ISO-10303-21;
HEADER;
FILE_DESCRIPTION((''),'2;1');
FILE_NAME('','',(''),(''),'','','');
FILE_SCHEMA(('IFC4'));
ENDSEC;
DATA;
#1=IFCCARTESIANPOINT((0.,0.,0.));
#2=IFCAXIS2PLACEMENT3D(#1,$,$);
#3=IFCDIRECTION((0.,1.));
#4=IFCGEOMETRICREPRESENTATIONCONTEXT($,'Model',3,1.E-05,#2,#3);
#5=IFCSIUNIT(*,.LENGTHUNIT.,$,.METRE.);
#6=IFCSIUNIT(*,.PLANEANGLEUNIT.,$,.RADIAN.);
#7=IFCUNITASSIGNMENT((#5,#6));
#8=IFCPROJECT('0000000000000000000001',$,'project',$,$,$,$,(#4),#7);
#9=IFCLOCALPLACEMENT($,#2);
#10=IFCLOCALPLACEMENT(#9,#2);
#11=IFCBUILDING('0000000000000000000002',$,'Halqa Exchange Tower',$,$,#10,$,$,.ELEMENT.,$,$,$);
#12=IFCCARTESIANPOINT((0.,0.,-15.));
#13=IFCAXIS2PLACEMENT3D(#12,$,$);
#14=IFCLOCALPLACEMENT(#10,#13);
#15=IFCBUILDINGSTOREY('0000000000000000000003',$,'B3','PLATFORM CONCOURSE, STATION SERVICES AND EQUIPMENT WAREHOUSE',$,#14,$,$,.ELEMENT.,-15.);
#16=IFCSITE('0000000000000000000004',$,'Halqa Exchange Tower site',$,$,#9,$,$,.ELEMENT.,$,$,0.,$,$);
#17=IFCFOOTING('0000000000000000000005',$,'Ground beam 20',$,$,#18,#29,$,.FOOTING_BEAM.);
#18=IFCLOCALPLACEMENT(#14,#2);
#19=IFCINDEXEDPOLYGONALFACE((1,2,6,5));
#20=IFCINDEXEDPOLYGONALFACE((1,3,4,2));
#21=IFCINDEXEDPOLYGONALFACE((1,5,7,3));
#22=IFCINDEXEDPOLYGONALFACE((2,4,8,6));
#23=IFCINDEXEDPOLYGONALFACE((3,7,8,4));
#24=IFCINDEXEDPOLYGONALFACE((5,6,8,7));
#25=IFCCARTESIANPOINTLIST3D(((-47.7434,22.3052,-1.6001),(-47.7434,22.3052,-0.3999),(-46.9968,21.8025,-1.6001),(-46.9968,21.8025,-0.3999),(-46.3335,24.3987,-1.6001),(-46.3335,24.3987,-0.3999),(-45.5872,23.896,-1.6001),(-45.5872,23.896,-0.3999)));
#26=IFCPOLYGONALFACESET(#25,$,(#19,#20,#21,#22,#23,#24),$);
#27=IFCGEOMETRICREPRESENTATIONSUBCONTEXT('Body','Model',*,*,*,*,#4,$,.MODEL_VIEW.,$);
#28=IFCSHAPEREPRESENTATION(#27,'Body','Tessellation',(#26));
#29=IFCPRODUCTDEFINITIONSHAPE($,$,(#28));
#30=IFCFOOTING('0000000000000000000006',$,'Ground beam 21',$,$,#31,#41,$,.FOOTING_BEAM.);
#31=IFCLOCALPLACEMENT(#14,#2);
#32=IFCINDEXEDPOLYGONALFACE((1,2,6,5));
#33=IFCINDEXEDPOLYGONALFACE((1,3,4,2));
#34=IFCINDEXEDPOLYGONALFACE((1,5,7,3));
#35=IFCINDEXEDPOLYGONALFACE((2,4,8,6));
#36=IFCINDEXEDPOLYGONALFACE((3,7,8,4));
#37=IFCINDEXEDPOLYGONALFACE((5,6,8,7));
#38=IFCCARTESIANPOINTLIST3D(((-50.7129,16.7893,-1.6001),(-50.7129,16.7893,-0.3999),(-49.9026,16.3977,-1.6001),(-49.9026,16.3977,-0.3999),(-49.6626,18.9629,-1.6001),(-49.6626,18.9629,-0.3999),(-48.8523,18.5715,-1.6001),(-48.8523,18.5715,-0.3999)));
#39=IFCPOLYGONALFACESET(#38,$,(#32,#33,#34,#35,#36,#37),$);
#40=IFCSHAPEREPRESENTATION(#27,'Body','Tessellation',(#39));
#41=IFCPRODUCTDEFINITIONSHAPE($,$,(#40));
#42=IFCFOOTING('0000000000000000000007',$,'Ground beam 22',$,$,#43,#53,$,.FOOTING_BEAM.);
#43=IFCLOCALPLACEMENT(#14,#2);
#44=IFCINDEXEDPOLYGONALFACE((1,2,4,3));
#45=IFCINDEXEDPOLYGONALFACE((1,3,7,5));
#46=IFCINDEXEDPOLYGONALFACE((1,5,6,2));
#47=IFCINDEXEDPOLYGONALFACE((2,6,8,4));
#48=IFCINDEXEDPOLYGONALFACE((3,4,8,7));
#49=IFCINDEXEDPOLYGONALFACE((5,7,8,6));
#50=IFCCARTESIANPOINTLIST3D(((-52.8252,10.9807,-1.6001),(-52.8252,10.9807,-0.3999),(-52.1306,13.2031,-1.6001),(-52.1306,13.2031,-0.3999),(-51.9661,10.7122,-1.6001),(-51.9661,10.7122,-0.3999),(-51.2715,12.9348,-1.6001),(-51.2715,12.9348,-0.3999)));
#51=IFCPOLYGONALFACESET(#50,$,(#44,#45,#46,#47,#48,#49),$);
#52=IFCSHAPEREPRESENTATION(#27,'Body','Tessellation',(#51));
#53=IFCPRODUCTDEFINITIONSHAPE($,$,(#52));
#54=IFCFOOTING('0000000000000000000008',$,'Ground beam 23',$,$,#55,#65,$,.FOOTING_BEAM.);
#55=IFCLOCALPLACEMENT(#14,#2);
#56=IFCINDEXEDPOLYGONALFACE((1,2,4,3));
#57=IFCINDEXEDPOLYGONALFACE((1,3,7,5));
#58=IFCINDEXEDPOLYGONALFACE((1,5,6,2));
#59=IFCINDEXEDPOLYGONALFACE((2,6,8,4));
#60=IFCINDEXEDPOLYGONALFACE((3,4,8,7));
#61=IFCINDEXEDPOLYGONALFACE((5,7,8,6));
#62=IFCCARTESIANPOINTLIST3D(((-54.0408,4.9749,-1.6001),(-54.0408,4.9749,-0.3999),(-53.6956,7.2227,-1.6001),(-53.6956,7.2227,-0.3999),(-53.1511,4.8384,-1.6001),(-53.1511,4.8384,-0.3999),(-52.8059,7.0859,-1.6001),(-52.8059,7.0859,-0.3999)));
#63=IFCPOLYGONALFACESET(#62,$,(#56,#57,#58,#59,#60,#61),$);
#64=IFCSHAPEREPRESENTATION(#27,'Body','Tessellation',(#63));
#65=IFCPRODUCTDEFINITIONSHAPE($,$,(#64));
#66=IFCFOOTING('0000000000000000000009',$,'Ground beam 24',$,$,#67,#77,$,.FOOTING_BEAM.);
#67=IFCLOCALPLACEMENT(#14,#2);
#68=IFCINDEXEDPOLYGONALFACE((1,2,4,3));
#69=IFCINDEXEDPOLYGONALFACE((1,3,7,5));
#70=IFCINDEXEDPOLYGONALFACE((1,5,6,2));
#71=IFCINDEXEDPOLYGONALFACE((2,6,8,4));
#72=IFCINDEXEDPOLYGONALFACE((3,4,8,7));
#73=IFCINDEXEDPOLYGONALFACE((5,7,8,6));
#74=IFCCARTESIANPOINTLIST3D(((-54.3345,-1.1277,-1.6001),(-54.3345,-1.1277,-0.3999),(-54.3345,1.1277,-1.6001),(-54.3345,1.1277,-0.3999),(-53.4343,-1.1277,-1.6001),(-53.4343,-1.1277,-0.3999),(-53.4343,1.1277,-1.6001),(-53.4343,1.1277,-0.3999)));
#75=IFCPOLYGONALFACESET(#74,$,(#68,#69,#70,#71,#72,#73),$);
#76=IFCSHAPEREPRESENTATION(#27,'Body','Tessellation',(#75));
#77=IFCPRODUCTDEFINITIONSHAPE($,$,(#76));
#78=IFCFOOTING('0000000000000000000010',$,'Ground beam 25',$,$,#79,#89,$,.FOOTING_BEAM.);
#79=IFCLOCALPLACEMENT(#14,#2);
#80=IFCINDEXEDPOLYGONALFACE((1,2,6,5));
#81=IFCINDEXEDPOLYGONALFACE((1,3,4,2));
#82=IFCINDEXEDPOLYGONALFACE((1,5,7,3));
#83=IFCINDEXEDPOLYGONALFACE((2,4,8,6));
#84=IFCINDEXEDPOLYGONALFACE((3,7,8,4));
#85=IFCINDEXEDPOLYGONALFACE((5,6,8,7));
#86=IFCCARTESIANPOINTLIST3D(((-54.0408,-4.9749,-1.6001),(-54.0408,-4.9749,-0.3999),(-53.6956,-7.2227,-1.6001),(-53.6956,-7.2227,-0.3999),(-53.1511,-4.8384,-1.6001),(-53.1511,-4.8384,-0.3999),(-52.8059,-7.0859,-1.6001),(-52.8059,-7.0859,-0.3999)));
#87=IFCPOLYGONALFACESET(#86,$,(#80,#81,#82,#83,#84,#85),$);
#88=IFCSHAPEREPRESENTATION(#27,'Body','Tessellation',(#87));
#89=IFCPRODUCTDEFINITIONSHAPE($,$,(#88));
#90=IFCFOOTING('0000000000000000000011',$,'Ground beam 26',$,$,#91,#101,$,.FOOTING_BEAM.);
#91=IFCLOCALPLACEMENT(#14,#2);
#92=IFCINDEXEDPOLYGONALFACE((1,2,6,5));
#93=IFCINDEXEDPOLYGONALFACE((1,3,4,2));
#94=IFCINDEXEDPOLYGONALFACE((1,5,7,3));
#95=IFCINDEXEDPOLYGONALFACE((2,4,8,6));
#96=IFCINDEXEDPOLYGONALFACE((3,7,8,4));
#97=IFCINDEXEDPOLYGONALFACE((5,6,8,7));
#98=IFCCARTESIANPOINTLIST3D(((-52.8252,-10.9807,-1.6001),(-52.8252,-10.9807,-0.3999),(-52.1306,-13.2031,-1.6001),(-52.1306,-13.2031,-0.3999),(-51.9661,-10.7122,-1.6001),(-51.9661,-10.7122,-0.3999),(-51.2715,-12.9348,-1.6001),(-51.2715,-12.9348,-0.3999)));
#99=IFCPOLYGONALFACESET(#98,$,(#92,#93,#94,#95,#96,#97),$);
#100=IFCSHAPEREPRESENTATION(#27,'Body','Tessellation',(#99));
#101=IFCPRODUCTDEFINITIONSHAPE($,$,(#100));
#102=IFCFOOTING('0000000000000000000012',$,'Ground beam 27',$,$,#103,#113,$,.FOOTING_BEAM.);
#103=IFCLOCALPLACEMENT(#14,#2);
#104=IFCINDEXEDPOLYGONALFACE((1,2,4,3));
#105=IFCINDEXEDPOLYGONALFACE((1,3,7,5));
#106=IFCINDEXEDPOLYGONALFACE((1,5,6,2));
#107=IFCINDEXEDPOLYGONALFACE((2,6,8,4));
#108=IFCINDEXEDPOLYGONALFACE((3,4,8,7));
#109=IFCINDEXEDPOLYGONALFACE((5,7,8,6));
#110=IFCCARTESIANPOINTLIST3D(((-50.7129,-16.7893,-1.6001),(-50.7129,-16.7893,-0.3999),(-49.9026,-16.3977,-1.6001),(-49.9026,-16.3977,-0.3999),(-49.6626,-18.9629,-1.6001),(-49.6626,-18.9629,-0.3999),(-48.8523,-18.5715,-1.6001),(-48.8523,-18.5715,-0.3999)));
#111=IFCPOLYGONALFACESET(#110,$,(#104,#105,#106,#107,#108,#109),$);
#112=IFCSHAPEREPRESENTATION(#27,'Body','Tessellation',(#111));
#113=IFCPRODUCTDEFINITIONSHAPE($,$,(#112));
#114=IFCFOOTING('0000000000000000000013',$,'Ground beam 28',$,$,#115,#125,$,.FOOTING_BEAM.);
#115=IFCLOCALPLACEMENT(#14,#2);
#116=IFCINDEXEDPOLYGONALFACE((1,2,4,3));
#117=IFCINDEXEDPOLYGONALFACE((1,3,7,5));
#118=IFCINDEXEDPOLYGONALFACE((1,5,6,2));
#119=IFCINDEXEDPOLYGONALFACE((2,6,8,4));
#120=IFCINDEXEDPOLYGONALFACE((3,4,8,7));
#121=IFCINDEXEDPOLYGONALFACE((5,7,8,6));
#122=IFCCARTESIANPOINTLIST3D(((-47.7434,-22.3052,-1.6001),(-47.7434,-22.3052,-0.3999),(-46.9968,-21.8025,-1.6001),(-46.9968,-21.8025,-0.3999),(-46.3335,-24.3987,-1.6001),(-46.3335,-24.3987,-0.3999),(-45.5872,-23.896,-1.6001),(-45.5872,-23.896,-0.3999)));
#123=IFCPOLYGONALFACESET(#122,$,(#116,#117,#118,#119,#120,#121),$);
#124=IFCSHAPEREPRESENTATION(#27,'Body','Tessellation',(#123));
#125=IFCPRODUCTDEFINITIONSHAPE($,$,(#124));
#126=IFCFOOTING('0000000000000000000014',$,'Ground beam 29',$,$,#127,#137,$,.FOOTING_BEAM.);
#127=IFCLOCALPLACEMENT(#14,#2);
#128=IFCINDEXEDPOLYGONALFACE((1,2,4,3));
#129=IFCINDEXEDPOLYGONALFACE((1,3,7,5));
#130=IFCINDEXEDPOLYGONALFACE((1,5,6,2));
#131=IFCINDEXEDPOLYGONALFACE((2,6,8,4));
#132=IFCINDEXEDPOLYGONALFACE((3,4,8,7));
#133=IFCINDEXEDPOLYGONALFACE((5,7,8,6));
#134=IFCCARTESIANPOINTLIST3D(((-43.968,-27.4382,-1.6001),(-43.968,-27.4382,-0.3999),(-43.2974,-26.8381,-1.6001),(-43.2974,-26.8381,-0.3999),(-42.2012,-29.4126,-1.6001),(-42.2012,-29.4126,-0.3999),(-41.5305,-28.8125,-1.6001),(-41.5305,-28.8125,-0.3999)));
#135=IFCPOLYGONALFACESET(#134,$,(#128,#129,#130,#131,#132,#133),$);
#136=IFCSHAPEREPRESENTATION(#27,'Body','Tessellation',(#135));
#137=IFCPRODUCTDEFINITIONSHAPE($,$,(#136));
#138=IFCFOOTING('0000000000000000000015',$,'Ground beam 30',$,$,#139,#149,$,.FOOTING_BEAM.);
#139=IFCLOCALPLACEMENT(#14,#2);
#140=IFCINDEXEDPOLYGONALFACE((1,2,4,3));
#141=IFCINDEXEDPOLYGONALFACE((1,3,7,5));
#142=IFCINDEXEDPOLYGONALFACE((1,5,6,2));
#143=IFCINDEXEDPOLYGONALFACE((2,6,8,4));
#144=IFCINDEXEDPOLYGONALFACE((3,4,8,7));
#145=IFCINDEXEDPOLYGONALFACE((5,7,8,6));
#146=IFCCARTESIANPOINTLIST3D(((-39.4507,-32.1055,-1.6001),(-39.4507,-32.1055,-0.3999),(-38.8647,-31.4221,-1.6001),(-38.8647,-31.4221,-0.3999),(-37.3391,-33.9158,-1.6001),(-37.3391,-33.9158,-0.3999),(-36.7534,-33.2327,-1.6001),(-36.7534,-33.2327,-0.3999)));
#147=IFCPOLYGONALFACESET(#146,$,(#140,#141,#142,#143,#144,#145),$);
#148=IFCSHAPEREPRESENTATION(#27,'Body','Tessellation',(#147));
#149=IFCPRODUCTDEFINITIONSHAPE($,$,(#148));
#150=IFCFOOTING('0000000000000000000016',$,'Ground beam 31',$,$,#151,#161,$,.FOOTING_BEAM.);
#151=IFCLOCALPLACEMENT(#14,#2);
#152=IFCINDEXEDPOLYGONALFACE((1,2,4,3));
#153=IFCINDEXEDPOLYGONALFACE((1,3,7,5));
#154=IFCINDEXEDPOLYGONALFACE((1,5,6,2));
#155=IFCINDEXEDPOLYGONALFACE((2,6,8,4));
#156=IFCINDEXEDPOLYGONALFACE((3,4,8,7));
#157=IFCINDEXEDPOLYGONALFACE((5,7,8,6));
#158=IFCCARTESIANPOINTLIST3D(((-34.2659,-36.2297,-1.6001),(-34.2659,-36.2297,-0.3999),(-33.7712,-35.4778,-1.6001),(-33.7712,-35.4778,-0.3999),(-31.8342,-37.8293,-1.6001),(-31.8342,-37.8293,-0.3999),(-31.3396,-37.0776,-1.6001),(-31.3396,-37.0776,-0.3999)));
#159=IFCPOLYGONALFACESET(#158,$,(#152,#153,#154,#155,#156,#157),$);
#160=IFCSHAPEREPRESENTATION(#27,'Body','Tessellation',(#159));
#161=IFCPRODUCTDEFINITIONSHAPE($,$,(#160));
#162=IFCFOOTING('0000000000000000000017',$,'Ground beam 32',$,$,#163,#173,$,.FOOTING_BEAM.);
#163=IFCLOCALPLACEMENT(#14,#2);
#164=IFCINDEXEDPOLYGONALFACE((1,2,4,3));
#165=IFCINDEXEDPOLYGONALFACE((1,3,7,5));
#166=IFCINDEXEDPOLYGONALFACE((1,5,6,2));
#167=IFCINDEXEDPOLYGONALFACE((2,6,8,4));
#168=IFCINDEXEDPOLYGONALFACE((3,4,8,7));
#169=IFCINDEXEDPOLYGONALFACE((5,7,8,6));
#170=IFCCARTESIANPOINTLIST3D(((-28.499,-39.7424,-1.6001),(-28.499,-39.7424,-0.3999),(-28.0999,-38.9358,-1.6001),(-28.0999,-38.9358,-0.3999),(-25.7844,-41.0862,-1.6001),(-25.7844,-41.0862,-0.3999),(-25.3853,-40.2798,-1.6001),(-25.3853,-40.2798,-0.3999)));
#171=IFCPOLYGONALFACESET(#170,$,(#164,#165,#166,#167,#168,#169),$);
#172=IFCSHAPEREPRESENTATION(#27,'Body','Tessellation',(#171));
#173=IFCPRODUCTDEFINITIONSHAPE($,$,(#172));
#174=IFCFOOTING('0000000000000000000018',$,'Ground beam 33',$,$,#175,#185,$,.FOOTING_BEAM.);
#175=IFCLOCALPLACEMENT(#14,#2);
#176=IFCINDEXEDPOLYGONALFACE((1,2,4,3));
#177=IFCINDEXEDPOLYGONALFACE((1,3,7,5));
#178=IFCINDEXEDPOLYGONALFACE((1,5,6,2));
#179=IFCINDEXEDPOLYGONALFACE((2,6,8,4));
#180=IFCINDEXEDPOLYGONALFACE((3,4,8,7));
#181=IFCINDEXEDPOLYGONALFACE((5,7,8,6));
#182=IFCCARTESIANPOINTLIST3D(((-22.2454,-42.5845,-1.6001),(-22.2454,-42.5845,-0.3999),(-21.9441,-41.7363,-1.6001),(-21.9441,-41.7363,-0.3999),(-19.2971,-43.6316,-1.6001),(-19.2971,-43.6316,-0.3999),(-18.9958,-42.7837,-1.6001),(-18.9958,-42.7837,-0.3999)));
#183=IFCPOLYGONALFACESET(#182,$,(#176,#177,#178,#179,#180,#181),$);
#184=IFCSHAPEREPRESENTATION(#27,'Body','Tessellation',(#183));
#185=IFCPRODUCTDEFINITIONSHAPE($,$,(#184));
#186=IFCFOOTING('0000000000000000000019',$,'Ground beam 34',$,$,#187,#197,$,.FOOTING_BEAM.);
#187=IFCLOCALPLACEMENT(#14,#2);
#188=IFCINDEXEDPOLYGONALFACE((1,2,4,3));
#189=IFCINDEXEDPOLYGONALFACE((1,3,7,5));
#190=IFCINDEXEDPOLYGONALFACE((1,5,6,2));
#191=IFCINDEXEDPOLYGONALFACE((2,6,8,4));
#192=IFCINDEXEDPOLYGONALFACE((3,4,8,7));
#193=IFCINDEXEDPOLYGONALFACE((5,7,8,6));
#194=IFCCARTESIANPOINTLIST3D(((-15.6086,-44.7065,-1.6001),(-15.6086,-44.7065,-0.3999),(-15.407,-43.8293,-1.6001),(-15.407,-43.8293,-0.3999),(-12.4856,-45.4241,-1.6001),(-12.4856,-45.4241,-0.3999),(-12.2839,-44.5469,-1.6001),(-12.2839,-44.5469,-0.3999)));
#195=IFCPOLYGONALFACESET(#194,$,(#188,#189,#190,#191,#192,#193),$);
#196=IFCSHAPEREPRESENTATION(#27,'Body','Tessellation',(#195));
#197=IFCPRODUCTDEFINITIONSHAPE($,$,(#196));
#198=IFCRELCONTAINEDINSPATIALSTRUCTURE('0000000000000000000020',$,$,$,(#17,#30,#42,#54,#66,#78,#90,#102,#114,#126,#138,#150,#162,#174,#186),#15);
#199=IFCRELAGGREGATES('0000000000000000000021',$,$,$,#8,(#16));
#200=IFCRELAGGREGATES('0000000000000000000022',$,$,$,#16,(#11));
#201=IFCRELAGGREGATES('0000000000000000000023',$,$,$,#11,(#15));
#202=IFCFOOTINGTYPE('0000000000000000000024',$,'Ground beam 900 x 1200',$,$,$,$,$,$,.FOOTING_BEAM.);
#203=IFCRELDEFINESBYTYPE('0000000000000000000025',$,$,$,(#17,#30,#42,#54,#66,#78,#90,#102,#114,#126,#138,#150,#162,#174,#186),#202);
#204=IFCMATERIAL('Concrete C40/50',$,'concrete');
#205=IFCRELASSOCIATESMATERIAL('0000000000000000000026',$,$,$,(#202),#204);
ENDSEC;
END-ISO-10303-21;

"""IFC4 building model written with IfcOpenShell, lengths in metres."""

from ifc_helpers import new_model, si_unit, direction, frame, origin, place, context, subcontext, project, spatial, polyline, outline, extrude, material, type_object, element, save


model = new_model("IFC4")

# Units and contexts
model_context = context("Model", 3, precision=1e-05, world=origin(), true_north=direction((0.0, 1.0)))
body_context = subcontext(model_context, "Body", "Model", "MODEL_VIEW")
ifc_project = project(units=[si_unit("LENGTHUNIT", "METRE"), si_unit("PLANEANGLEUNIT", "RADIAN")], contexts=[model_context])

# Site, building, storey
site_placement = place(None, origin())
site = spatial("IfcSite", under=ifc_project, at=site_placement, Name="Halqa Exchange Tower site", CompositionType="ELEMENT", RefElevation=0.0)
building_placement = place(site_placement, origin())
building = spatial("IfcBuilding", under=site, at=building_placement, Name="Halqa Exchange Tower", CompositionType="ELEMENT")
storey_placement = place(building_placement, frame((0.0, 0.0, -15.0)))
storey = spatial("IfcBuildingStorey", under=building, at=storey_placement, Name="B3", Description="PLATFORM CONCOURSE, STATION SERVICES AND EQUIPMENT WAREHOUSE", CompositionType="ELEMENT", Elevation=-15.0)

# Footings
ifc_material_1 = material(Name="Concrete C40/50", Category="concrete")
footing_type = type_object("IfcFootingType", Name="Ground beam 900 x 1200", PredefinedType="FOOTING_BEAM", material=ifc_material_1)
footing_1_placement = place(storey_placement, frame((0.0, 0.0, -1.6001)))
element("IfcFooting", 1, at=footing_1_placement, inside=storey, type_object=footing_type, Name="Ground beam 20", PredefinedType="FOOTING_BEAM", context=body_context, shape_type="SweptSolid", body=[
    extrude(outline(polyline([(-45.5872, 23.896), (-46.9968, 21.8025), (-47.7434, 22.3052), (-46.3335, 24.3987), (-45.5872, 23.896)])), origin(), (0.0, 0.0, 1.0), 1.2002),
])
footing_2_placement = place(storey_placement, frame((0.0, 0.0, -1.6001)))
element("IfcFooting", 2, at=footing_2_placement, inside=storey, type_object=footing_type, Name="Ground beam 21", PredefinedType="FOOTING_BEAM", context=body_context, shape_type="SweptSolid", body=[
    extrude(outline(polyline([(-48.8523, 18.5715), (-49.9026, 16.3977), (-50.7129, 16.7893), (-49.6626, 18.9629), (-48.8523, 18.5715)])), origin(), (0.0, 0.0, 1.0), 1.2002),
])
footing_3_placement = place(storey_placement, frame((0.0, 0.0, -1.6001)))
element("IfcFooting", 3, at=footing_3_placement, inside=storey, type_object=footing_type, Name="Ground beam 22", PredefinedType="FOOTING_BEAM", context=body_context, shape_type="SweptSolid", body=[
    extrude(outline(polyline([(-51.2715, 12.9348), (-51.9661, 10.7122), (-52.8252, 10.9807), (-52.1306, 13.2031), (-51.2715, 12.9348)])), origin(), (0.0, 0.0, 1.0), 1.2002),
])
footing_4_placement = place(storey_placement, frame((0.0, 0.0, -1.6001)))
element("IfcFooting", 4, at=footing_4_placement, inside=storey, type_object=footing_type, Name="Ground beam 23", PredefinedType="FOOTING_BEAM", context=body_context, shape_type="SweptSolid", body=[
    extrude(outline(polyline([(-52.8059, 7.0859), (-53.1511, 4.8384), (-54.0408, 4.9749), (-53.6956, 7.2227), (-52.8059, 7.0859)])), origin(), (0.0, 0.0, 1.0), 1.2002),
])
footing_5_placement = place(storey_placement, frame((0.0, 0.0, -1.6001)))
element("IfcFooting", 5, at=footing_5_placement, inside=storey, type_object=footing_type, Name="Ground beam 24", PredefinedType="FOOTING_BEAM", context=body_context, shape_type="SweptSolid", body=[
    extrude(outline(polyline([(-53.4343, 1.1277), (-53.4343, -1.1277), (-54.3345, -1.1277), (-54.3345, 1.1277), (-53.4343, 1.1277)])), origin(), (0.0, 0.0, 1.0), 1.2002),
])
footing_6_placement = place(storey_placement, frame((0.0, 0.0, -1.6001)))
element("IfcFooting", 6, at=footing_6_placement, inside=storey, type_object=footing_type, Name="Ground beam 25", PredefinedType="FOOTING_BEAM", context=body_context, shape_type="SweptSolid", body=[
    extrude(outline(polyline([(-53.1511, -4.8384), (-52.8059, -7.0859), (-53.6956, -7.2227), (-54.0408, -4.9749), (-53.1511, -4.8384)])), origin(), (0.0, 0.0, 1.0), 1.2002),
])
footing_7_placement = place(storey_placement, frame((0.0, 0.0, -1.6001)))
element("IfcFooting", 7, at=footing_7_placement, inside=storey, type_object=footing_type, Name="Ground beam 26", PredefinedType="FOOTING_BEAM", context=body_context, shape_type="SweptSolid", body=[
    extrude(outline(polyline([(-51.9661, -10.7122), (-51.2715, -12.9348), (-52.1306, -13.2031), (-52.8252, -10.9807), (-51.9661, -10.7122)])), origin(), (0.0, 0.0, 1.0), 1.2002),
])
footing_8_placement = place(storey_placement, frame((0.0, 0.0, -1.6001)))
element("IfcFooting", 8, at=footing_8_placement, inside=storey, type_object=footing_type, Name="Ground beam 27", PredefinedType="FOOTING_BEAM", context=body_context, shape_type="SweptSolid", body=[
    extrude(outline(polyline([(-49.9026, -16.3977), (-48.8523, -18.5715), (-49.6626, -18.9629), (-50.7129, -16.7893), (-49.9026, -16.3977)])), origin(), (0.0, 0.0, 1.0), 1.2002),
])
footing_9_placement = place(storey_placement, frame((0.0, 0.0, -1.6001)))
element("IfcFooting", 9, at=footing_9_placement, inside=storey, type_object=footing_type, Name="Ground beam 28", PredefinedType="FOOTING_BEAM", context=body_context, shape_type="SweptSolid", body=[
    extrude(outline(polyline([(-46.9968, -21.8025), (-45.5872, -23.896), (-46.3335, -24.3987), (-47.7434, -22.3052), (-46.9968, -21.8025)])), origin(), (0.0, 0.0, 1.0), 1.2002),
])
footing_10_placement = place(storey_placement, frame((0.0, 0.0, -1.6001)))
element("IfcFooting", 10, at=footing_10_placement, inside=storey, type_object=footing_type, Name="Ground beam 29", PredefinedType="FOOTING_BEAM", context=body_context, shape_type="SweptSolid", body=[
    extrude(outline(polyline([(-43.2974, -26.8381), (-41.5305, -28.8125), (-42.2012, -29.4126), (-43.968, -27.4382), (-43.2974, -26.8381)])), origin(), (0.0, 0.0, 1.0), 1.2002),
])
footing_11_placement = place(storey_placement, frame((0.0, 0.0, -1.6001)))
element("IfcFooting", 11, at=footing_11_placement, inside=storey, type_object=footing_type, Name="Ground beam 30", PredefinedType="FOOTING_BEAM", context=body_context, shape_type="SweptSolid", body=[
    extrude(outline(polyline([(-38.8647, -31.4221), (-36.7534, -33.2327), (-37.3391, -33.9158), (-39.4507, -32.1055), (-38.8647, -31.4221)])), origin(), (0.0, 0.0, 1.0), 1.2002),
])
footing_12_placement = place(storey_placement, frame((0.0, 0.0, -1.6001)))
element("IfcFooting", 12, at=footing_12_placement, inside=storey, type_object=footing_type, Name="Ground beam 31", PredefinedType="FOOTING_BEAM", context=body_context, shape_type="SweptSolid", body=[
    extrude(outline(polyline([(-33.7712, -35.4778), (-31.3396, -37.0776), (-31.8342, -37.8293), (-34.2659, -36.2297), (-33.7712, -35.4778)])), origin(), (0.0, 0.0, 1.0), 1.2002),
])
footing_13_placement = place(storey_placement, frame((0.0, 0.0, -1.6001)))
element("IfcFooting", 13, at=footing_13_placement, inside=storey, type_object=footing_type, Name="Ground beam 32", PredefinedType="FOOTING_BEAM", context=body_context, shape_type="SweptSolid", body=[
    extrude(outline(polyline([(-28.0999, -38.9358), (-25.3853, -40.2798), (-25.7844, -41.0862), (-28.499, -39.7424), (-28.0999, -38.9358)])), origin(), (0.0, 0.0, 1.0), 1.2002),
])
footing_14_placement = place(storey_placement, frame((0.0, 0.0, -1.6001)))
element("IfcFooting", 14, at=footing_14_placement, inside=storey, type_object=footing_type, Name="Ground beam 33", PredefinedType="FOOTING_BEAM", context=body_context, shape_type="SweptSolid", body=[
    extrude(outline(polyline([(-21.9441, -41.7363), (-18.9958, -42.7837), (-19.2971, -43.6316), (-22.2454, -42.5845), (-21.9441, -41.7363)])), origin(), (0.0, 0.0, 1.0), 1.2002),
])
footing_15_placement = place(storey_placement, frame((0.0, 0.0, -1.6001)))
element("IfcFooting", 15, at=footing_15_placement, inside=storey, type_object=footing_type, Name="Ground beam 34", PredefinedType="FOOTING_BEAM", context=body_context, shape_type="SweptSolid", body=[
    extrude(outline(polyline([(-15.407, -43.8293), (-12.2839, -44.5469), (-12.4856, -45.4241), (-15.6086, -44.7065), (-15.407, -43.8293)])), origin(), (0.0, 0.0, 1.0), 1.2002),
])

save(model, "model.ifc")
